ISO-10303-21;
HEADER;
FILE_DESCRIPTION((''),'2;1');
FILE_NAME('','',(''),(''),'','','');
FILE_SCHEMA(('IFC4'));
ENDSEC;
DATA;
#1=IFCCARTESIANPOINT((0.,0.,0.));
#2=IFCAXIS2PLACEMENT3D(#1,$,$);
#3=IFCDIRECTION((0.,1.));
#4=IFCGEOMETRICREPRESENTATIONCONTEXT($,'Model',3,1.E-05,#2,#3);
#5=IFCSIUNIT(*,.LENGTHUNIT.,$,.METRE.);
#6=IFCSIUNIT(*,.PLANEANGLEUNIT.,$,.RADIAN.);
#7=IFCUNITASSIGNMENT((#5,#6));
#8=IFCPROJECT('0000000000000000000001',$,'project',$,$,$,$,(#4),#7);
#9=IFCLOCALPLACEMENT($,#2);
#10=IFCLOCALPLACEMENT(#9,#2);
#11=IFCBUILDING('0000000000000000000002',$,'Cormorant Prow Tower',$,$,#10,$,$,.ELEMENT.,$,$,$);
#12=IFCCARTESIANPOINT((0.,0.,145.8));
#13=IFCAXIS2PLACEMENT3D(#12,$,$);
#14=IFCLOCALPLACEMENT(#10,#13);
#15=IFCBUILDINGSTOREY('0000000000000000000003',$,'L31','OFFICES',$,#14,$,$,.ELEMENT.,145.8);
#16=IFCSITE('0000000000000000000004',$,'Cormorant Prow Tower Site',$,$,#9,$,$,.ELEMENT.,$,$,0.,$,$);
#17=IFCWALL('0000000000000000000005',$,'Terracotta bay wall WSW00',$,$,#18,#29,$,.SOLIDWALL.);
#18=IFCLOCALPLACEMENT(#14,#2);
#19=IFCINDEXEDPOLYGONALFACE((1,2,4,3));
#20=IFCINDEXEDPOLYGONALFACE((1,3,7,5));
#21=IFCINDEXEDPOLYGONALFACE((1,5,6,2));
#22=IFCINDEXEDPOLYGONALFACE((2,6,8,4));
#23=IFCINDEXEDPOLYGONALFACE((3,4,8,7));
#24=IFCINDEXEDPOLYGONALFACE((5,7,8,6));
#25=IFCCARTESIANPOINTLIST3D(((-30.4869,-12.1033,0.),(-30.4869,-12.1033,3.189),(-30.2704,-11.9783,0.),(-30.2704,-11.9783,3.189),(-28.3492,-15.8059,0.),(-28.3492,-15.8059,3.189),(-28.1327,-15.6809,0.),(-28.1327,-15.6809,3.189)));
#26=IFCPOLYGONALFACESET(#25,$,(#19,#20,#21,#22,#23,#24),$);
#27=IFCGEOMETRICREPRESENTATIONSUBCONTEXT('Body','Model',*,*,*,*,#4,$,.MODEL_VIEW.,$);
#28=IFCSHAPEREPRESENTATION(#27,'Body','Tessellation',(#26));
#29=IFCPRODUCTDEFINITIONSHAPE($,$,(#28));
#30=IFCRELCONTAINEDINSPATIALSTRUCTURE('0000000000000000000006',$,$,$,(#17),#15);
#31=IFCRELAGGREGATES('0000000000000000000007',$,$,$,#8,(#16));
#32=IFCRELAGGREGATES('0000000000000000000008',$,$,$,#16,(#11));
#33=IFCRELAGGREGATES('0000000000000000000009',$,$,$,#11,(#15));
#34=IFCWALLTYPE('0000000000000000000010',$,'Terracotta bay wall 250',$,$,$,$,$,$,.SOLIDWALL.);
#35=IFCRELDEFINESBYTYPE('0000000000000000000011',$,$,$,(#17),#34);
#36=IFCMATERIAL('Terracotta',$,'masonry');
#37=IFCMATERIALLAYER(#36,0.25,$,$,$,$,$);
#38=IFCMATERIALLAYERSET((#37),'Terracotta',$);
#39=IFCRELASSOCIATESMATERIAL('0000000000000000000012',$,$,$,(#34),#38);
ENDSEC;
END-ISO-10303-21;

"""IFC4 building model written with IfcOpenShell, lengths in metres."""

from ifc_helpers import new_model, si_unit, direction, frame, frame_2d, origin, place, context, subcontext, project, spatial, rectangle, extrude, material, layer, layer_set, type_object, element, save


model = new_model("IFC4")

# Units and contexts
model_context = context("Model", 3, precision=1e-05, world=origin(), true_north=direction((0.0, 1.0)))
body_context = subcontext(model_context, "Body", "Model", "MODEL_VIEW")
ifc_project = project(units=[si_unit("LENGTHUNIT", "METRE"), si_unit("PLANEANGLEUNIT", "RADIAN")], contexts=[model_context])

# Site, building, storey
site_placement = place(None, origin())
site = spatial("IfcSite", under=ifc_project, at=site_placement, Name="Cormorant Prow Tower Site", CompositionType="ELEMENT", RefElevation=0.0)
building_placement = place(site_placement, origin())
building = spatial("IfcBuilding", under=site, at=building_placement, Name="Cormorant Prow Tower", CompositionType="ELEMENT")
storey_placement = place(building_placement, frame((0.0, 0.0, 145.8)))
storey = spatial("IfcBuildingStorey", under=building, at=storey_placement, Name="L31", Description="OFFICES", CompositionType="ELEMENT", Elevation=145.8)

# Wall
ifc_material_1 = material(Name="Terracotta", Category="masonry")
ifc_layer_1 = layer(ifc_material_1, 0.25)
ifc_layer_set_1 = layer_set([ifc_layer_1], Name="Terracotta")
wall_type_1 = type_object("IfcWallType", Name="Terracotta bay wall 250", PredefinedType="SOLIDWALL", material=ifc_layer_set_1)
wall_1_placement = place(storey_placement, frame((-30.3787, -12.0408, 0.0), z_axis=(0.0, 0.0, 1.0), x_axis=(0.499996, -0.866028, 0.0)))
element("IfcWall", 1, at=wall_1_placement, inside=storey, type_object=wall_type_1, Name="Terracotta bay wall WSW00", PredefinedType="SOLIDWALL", context=body_context, shape_type="SweptSolid", body=[
    extrude(rectangle(XDim=4.2754, YDim=0.25, at=frame_2d((2.1377, 0.0))), origin(), (0.0, 0.0, 1.0), 3.189),
])

save(model, "model.ifc")
